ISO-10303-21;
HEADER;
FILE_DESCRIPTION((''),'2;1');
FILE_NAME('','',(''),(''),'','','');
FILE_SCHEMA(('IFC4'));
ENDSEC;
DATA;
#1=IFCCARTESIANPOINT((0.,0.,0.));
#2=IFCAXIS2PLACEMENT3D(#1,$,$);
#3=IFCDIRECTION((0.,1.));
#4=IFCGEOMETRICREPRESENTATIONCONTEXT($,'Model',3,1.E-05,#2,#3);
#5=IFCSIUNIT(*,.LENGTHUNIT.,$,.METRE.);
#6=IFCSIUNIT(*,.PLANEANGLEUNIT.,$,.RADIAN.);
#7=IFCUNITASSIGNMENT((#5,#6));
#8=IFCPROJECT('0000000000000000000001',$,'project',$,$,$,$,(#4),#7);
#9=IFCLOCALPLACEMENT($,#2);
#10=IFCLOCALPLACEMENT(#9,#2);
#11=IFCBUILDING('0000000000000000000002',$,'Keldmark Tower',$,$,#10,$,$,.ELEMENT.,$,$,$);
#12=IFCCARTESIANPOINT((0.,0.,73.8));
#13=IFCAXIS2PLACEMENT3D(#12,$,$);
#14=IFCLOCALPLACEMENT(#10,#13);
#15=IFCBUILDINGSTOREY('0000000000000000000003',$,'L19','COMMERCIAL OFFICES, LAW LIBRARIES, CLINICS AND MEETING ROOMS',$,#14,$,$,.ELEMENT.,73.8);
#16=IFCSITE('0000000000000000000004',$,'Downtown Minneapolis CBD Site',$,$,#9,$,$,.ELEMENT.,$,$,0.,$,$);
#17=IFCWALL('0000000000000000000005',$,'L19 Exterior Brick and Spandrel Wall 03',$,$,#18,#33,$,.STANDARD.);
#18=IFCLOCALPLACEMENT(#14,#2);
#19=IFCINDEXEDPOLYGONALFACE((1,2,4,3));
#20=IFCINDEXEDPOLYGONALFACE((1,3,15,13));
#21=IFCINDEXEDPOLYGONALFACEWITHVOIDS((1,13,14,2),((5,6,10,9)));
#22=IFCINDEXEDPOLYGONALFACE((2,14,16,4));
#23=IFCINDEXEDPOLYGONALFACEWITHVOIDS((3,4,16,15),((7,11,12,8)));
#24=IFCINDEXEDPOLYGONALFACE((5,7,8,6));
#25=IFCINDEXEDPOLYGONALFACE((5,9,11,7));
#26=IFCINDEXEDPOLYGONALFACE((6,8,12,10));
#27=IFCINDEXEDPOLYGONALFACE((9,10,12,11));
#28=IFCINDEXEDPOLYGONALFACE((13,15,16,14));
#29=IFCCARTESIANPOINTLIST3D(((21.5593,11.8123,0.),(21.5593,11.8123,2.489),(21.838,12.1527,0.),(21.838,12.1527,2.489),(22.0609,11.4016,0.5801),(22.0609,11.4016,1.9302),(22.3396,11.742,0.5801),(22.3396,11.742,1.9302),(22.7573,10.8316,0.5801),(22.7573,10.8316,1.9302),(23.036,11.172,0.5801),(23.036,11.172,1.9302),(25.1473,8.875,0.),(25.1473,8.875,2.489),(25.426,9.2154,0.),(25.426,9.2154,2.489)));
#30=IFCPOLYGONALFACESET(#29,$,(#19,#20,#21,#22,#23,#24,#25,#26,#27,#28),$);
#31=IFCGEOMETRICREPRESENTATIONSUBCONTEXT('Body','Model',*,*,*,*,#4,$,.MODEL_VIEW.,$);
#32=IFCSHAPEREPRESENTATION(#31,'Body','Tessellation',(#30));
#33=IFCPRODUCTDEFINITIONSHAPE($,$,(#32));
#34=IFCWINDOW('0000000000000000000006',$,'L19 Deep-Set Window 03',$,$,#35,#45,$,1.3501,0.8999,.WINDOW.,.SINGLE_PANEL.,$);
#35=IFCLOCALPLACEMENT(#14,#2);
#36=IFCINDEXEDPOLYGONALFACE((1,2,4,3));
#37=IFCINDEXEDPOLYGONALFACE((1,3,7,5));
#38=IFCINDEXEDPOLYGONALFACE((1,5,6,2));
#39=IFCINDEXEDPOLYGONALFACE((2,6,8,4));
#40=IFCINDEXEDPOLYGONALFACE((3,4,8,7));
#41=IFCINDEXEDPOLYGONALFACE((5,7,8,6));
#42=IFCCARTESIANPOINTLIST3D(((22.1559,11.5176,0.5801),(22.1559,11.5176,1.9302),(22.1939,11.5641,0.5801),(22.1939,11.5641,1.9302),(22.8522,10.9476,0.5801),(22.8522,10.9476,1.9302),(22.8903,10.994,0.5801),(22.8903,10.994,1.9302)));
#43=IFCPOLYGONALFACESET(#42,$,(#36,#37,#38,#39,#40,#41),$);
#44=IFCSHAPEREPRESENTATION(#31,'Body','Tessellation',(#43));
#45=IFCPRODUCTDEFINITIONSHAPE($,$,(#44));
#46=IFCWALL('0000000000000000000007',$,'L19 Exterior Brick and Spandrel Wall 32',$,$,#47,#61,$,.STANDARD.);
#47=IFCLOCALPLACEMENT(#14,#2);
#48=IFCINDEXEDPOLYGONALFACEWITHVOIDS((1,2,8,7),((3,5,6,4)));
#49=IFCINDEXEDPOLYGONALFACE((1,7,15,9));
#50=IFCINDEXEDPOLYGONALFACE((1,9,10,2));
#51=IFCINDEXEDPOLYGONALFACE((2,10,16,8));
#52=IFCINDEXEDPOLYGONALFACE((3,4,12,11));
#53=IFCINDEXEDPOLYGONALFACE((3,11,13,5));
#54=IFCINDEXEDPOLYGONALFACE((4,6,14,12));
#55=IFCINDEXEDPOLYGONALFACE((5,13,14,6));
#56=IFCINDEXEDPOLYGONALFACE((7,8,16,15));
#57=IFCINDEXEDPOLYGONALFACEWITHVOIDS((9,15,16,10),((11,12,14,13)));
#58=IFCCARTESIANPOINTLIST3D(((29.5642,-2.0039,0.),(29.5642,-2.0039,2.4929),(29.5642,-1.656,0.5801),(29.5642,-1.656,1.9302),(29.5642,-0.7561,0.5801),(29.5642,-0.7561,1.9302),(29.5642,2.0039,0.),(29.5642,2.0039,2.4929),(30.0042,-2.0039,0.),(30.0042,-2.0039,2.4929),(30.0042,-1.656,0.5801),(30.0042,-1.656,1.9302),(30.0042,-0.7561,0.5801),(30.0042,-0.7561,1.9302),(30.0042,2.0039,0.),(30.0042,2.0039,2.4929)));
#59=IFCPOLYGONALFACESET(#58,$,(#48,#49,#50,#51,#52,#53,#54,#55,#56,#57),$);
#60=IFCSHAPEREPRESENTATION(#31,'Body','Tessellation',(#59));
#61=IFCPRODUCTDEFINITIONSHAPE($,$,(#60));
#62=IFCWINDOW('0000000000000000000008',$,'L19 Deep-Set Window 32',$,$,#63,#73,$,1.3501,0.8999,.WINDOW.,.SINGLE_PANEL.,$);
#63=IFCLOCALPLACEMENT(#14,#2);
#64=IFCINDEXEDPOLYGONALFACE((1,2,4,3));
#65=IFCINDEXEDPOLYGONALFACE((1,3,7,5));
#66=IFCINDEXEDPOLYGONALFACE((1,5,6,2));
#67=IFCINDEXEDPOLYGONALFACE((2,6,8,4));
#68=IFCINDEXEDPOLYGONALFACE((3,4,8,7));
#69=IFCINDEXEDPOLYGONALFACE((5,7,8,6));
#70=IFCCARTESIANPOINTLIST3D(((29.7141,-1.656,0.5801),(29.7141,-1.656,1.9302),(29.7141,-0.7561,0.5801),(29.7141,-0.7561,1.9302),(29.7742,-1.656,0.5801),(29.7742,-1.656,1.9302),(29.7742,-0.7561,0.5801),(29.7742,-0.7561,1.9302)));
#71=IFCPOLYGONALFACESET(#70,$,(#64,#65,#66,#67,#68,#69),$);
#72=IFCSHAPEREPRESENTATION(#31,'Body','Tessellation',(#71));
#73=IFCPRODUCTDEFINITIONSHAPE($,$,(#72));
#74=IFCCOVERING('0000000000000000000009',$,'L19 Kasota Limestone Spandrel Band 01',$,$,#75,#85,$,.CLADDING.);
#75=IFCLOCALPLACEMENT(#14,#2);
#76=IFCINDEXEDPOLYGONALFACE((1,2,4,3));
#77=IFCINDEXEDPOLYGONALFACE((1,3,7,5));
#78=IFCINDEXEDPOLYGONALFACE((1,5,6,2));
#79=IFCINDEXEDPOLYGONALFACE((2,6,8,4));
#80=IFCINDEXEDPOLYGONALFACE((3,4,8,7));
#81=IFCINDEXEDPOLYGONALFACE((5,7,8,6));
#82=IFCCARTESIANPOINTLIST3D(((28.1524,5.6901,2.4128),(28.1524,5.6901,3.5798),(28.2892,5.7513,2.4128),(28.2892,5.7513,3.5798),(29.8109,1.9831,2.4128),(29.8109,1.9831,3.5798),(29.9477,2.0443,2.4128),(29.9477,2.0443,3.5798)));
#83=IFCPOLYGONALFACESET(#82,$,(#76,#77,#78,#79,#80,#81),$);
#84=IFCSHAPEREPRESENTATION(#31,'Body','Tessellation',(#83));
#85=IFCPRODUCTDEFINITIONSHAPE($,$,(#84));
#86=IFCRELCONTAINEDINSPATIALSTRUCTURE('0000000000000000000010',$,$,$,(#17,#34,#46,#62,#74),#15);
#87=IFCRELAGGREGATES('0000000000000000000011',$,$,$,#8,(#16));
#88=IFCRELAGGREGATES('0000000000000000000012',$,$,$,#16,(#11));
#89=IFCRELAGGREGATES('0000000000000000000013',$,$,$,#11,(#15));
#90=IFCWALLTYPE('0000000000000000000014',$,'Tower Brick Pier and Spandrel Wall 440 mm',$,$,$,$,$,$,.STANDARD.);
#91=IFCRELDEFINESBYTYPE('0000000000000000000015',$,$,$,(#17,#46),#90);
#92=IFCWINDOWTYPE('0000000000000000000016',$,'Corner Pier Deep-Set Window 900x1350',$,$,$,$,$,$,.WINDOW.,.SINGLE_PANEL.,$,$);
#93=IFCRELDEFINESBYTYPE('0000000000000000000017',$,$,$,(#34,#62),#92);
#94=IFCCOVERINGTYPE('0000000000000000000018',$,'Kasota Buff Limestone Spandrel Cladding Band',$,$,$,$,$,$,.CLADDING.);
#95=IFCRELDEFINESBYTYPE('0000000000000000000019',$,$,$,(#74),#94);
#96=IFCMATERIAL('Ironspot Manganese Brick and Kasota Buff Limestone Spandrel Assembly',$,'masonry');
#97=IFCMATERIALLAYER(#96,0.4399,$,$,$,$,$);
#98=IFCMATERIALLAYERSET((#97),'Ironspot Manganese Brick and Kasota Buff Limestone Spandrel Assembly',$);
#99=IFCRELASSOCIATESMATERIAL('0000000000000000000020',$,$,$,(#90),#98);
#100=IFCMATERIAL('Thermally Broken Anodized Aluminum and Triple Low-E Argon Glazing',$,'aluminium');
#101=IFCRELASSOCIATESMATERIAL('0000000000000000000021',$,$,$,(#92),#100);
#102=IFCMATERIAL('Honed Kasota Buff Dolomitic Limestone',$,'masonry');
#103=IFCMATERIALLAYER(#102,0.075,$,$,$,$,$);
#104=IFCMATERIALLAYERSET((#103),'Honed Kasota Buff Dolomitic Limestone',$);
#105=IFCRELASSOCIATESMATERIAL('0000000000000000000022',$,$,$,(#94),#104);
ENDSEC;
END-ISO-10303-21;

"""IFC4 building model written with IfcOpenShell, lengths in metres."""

from ifc_helpers import new_model, si_unit, direction, frame, frame_2d, origin, origin_2d, place, context, subcontext, project, spatial, rectangle, extrude, material, layer, layer_set, type_object, element, fill, save


model = new_model("IFC4")

# Units and contexts
model_context = context("Model", 3, precision=1e-05, world=origin(), true_north=direction((0.0, 1.0)))
body_context = subcontext(model_context, "Body", "Model", "MODEL_VIEW")
ifc_project = project(units=[si_unit("LENGTHUNIT", "METRE"), si_unit("PLANEANGLEUNIT", "RADIAN")], contexts=[model_context])

# Site, building, storey
site_placement = place(None, origin())
site = spatial("IfcSite", under=ifc_project, at=site_placement, Name="Downtown Minneapolis CBD Site", CompositionType="ELEMENT", RefElevation=0.0)
building_placement = place(site_placement, origin())
building = spatial("IfcBuilding", under=site, at=building_placement, Name="Keldmark Tower", CompositionType="ELEMENT")
storey_placement = place(building_placement, frame((0.0, 0.0, 73.8)))
storey = spatial("IfcBuildingStorey", under=building, at=storey_placement, Name="L19", Description="COMMERCIAL OFFICES, LAW LIBRARIES, CLINICS AND MEETING ROOMS", CompositionType="ELEMENT", Elevation=73.8)

# Walls, openings, windows
ifc_material_1 = material(Name="Ironspot Manganese Brick and Kasota Buff Limestone Spandrel Assembly", Category="masonry")
ifc_layer_1 = layer(ifc_material_1, 0.4399)
ifc_layer_set_1 = layer_set([ifc_layer_1], Name="Ironspot Manganese Brick and Kasota Buff Limestone Spandrel Assembly")
wall_type = type_object("IfcWallType", Name="Tower Brick Pier and Spandrel Wall 440 mm", PredefinedType="STANDARD", material=ifc_layer_set_1)
ifc_material_2 = material(Name="Thermally Broken Anodized Aluminum and Triple Low-E Argon Glazing", Category="aluminium")
window_type = type_object("IfcWindowType", Name="Corner Pier Deep-Set Window 900x1350", PartitioningType="SINGLE_PANEL", PredefinedType="WINDOW", material=ifc_material_2)
wall_1_placement = place(storey_placement, frame((21.6987, 11.9824, 0.0), z_axis=(0.0, 0.0, 1.0), x_axis=(0.773777, -0.633459, 0.0)))
wall_1 = element("IfcWall", 1, at=wall_1_placement, inside=storey, type_object=wall_type, Name="L19 Exterior Brick and Spandrel Wall 03", PredefinedType="STANDARD", context=body_context, shape_type="SweptSolid", body=[
    extrude(rectangle(XDim=4.637, YDim=0.4399, at=frame_2d((2.3184, 0.0))), origin(), (0.0, 0.0, 1.0), 2.489),
])
opening_1_placement = place(wall_1_placement, frame((0.6482, 0.0, 0.5801)))
opening_1 = element("IfcOpeningElement", 2, at=opening_1_placement, cuts=wall_1, PredefinedType="OPENING", context=body_context, shape_type="SweptSolid", body=[
    extrude(rectangle(XDim=0.8999, YDim=1.3501, at=frame_2d((0.45, 0.675))), frame((0.0, 0.23, 0.0), z_axis=(0.0, -1.0, 0.0), x_axis=(1.0, 0.0, 0.0)), (0.0, 0.0, 1.0), 0.46),
])
window_1_placement = place(opening_1_placement, origin())
window_1 = element("IfcWindow", 3, at=window_1_placement, inside=storey, type_object=window_type, Name="L19 Deep-Set Window 03", OverallHeight=1.3501, OverallWidth=0.8999, PartitioningType="SINGLE_PANEL", PredefinedType="WINDOW", context=body_context, shape_type="SweptSolid", body=[
    extrude(rectangle(XDim=0.8999, YDim=1.3501, at=frame_2d((0.45, 0.675))), frame((0.0, -0.01, 0.0), z_axis=(0.0, -1.0, 0.0), x_axis=(1.0, 0.0, 0.0)), (0.0, 0.0, 1.0), 0.0601),
])
fill(opening_1, window_1)
wall_2_placement = place(storey_placement, frame((29.7842, 2.0039, 0.0), z_axis=(0.0, 0.0, 1.0), x_axis=(0.0, -1.0, 0.0)))
wall_2 = element("IfcWall", 4, at=wall_2_placement, inside=storey, type_object=wall_type, Name="L19 Exterior Brick and Spandrel Wall 32", PredefinedType="STANDARD", context=body_context, shape_type="SweptSolid", body=[
    extrude(rectangle(XDim=4.0078, YDim=0.4399, at=frame_2d((2.0039, 0.0))), origin(), (0.0, 0.0, 1.0), 2.4929),
])
opening_2_placement = place(wall_2_placement, frame((2.76, 0.0, 0.5801)))
opening_2 = element("IfcOpeningElement", 5, at=opening_2_placement, cuts=wall_2, PredefinedType="OPENING", context=body_context, shape_type="SweptSolid", body=[
    extrude(rectangle(XDim=0.8999, YDim=1.3501, at=frame_2d((0.45, 0.675))), frame((0.0, 0.23, 0.0), z_axis=(0.0, -1.0, 0.0), x_axis=(1.0, 0.0, 0.0)), (0.0, 0.0, 1.0), 0.46),
])
window_2_placement = place(opening_2_placement, origin())
window_2 = element("IfcWindow", 6, at=window_2_placement, inside=storey, type_object=window_type, Name="L19 Deep-Set Window 32", OverallHeight=1.3501, OverallWidth=0.8999, PartitioningType="SINGLE_PANEL", PredefinedType="WINDOW", context=body_context, shape_type="SweptSolid", body=[
    extrude(rectangle(XDim=0.8999, YDim=1.3501, at=frame_2d((0.45, 0.675))), frame((0.0, -0.01, 0.0), z_axis=(0.0, -1.0, 0.0), x_axis=(1.0, 0.0, 0.0)), (0.0, 0.0, 1.0), 0.0601),
])
fill(opening_2, window_2)

# Covering
ifc_material_3 = material(Name="Honed Kasota Buff Dolomitic Limestone", Category="masonry")
ifc_layer_2 = layer(ifc_material_3, 0.075)
ifc_layer_set_2 = layer_set([ifc_layer_2], Name="Honed Kasota Buff Dolomitic Limestone")
covering_type = type_object("IfcCoveringType", Name="Kasota Buff Limestone Spandrel Cladding Band", PredefinedType="CLADDING", material=ifc_layer_set_2)
covering_placement = place(storey_placement, frame((29.05, 3.8672, 2.4128), z_axis=(0.0, 0.0, 1.0), x_axis=(-0.408378, 0.912813, 0.0)))
element("IfcCovering", 7, at=covering_placement, inside=storey, type_object=covering_type, Name="L19 Kasota Limestone Spandrel Band 01", PredefinedType="CLADDING", context=body_context, shape_type="SweptSolid", body=[
    extrude(rectangle(XDim=4.061, YDim=0.1499, at=origin_2d()), origin(), (0.0, 0.0, 1.0), 1.167),
])

save(model, "model.ifc")
